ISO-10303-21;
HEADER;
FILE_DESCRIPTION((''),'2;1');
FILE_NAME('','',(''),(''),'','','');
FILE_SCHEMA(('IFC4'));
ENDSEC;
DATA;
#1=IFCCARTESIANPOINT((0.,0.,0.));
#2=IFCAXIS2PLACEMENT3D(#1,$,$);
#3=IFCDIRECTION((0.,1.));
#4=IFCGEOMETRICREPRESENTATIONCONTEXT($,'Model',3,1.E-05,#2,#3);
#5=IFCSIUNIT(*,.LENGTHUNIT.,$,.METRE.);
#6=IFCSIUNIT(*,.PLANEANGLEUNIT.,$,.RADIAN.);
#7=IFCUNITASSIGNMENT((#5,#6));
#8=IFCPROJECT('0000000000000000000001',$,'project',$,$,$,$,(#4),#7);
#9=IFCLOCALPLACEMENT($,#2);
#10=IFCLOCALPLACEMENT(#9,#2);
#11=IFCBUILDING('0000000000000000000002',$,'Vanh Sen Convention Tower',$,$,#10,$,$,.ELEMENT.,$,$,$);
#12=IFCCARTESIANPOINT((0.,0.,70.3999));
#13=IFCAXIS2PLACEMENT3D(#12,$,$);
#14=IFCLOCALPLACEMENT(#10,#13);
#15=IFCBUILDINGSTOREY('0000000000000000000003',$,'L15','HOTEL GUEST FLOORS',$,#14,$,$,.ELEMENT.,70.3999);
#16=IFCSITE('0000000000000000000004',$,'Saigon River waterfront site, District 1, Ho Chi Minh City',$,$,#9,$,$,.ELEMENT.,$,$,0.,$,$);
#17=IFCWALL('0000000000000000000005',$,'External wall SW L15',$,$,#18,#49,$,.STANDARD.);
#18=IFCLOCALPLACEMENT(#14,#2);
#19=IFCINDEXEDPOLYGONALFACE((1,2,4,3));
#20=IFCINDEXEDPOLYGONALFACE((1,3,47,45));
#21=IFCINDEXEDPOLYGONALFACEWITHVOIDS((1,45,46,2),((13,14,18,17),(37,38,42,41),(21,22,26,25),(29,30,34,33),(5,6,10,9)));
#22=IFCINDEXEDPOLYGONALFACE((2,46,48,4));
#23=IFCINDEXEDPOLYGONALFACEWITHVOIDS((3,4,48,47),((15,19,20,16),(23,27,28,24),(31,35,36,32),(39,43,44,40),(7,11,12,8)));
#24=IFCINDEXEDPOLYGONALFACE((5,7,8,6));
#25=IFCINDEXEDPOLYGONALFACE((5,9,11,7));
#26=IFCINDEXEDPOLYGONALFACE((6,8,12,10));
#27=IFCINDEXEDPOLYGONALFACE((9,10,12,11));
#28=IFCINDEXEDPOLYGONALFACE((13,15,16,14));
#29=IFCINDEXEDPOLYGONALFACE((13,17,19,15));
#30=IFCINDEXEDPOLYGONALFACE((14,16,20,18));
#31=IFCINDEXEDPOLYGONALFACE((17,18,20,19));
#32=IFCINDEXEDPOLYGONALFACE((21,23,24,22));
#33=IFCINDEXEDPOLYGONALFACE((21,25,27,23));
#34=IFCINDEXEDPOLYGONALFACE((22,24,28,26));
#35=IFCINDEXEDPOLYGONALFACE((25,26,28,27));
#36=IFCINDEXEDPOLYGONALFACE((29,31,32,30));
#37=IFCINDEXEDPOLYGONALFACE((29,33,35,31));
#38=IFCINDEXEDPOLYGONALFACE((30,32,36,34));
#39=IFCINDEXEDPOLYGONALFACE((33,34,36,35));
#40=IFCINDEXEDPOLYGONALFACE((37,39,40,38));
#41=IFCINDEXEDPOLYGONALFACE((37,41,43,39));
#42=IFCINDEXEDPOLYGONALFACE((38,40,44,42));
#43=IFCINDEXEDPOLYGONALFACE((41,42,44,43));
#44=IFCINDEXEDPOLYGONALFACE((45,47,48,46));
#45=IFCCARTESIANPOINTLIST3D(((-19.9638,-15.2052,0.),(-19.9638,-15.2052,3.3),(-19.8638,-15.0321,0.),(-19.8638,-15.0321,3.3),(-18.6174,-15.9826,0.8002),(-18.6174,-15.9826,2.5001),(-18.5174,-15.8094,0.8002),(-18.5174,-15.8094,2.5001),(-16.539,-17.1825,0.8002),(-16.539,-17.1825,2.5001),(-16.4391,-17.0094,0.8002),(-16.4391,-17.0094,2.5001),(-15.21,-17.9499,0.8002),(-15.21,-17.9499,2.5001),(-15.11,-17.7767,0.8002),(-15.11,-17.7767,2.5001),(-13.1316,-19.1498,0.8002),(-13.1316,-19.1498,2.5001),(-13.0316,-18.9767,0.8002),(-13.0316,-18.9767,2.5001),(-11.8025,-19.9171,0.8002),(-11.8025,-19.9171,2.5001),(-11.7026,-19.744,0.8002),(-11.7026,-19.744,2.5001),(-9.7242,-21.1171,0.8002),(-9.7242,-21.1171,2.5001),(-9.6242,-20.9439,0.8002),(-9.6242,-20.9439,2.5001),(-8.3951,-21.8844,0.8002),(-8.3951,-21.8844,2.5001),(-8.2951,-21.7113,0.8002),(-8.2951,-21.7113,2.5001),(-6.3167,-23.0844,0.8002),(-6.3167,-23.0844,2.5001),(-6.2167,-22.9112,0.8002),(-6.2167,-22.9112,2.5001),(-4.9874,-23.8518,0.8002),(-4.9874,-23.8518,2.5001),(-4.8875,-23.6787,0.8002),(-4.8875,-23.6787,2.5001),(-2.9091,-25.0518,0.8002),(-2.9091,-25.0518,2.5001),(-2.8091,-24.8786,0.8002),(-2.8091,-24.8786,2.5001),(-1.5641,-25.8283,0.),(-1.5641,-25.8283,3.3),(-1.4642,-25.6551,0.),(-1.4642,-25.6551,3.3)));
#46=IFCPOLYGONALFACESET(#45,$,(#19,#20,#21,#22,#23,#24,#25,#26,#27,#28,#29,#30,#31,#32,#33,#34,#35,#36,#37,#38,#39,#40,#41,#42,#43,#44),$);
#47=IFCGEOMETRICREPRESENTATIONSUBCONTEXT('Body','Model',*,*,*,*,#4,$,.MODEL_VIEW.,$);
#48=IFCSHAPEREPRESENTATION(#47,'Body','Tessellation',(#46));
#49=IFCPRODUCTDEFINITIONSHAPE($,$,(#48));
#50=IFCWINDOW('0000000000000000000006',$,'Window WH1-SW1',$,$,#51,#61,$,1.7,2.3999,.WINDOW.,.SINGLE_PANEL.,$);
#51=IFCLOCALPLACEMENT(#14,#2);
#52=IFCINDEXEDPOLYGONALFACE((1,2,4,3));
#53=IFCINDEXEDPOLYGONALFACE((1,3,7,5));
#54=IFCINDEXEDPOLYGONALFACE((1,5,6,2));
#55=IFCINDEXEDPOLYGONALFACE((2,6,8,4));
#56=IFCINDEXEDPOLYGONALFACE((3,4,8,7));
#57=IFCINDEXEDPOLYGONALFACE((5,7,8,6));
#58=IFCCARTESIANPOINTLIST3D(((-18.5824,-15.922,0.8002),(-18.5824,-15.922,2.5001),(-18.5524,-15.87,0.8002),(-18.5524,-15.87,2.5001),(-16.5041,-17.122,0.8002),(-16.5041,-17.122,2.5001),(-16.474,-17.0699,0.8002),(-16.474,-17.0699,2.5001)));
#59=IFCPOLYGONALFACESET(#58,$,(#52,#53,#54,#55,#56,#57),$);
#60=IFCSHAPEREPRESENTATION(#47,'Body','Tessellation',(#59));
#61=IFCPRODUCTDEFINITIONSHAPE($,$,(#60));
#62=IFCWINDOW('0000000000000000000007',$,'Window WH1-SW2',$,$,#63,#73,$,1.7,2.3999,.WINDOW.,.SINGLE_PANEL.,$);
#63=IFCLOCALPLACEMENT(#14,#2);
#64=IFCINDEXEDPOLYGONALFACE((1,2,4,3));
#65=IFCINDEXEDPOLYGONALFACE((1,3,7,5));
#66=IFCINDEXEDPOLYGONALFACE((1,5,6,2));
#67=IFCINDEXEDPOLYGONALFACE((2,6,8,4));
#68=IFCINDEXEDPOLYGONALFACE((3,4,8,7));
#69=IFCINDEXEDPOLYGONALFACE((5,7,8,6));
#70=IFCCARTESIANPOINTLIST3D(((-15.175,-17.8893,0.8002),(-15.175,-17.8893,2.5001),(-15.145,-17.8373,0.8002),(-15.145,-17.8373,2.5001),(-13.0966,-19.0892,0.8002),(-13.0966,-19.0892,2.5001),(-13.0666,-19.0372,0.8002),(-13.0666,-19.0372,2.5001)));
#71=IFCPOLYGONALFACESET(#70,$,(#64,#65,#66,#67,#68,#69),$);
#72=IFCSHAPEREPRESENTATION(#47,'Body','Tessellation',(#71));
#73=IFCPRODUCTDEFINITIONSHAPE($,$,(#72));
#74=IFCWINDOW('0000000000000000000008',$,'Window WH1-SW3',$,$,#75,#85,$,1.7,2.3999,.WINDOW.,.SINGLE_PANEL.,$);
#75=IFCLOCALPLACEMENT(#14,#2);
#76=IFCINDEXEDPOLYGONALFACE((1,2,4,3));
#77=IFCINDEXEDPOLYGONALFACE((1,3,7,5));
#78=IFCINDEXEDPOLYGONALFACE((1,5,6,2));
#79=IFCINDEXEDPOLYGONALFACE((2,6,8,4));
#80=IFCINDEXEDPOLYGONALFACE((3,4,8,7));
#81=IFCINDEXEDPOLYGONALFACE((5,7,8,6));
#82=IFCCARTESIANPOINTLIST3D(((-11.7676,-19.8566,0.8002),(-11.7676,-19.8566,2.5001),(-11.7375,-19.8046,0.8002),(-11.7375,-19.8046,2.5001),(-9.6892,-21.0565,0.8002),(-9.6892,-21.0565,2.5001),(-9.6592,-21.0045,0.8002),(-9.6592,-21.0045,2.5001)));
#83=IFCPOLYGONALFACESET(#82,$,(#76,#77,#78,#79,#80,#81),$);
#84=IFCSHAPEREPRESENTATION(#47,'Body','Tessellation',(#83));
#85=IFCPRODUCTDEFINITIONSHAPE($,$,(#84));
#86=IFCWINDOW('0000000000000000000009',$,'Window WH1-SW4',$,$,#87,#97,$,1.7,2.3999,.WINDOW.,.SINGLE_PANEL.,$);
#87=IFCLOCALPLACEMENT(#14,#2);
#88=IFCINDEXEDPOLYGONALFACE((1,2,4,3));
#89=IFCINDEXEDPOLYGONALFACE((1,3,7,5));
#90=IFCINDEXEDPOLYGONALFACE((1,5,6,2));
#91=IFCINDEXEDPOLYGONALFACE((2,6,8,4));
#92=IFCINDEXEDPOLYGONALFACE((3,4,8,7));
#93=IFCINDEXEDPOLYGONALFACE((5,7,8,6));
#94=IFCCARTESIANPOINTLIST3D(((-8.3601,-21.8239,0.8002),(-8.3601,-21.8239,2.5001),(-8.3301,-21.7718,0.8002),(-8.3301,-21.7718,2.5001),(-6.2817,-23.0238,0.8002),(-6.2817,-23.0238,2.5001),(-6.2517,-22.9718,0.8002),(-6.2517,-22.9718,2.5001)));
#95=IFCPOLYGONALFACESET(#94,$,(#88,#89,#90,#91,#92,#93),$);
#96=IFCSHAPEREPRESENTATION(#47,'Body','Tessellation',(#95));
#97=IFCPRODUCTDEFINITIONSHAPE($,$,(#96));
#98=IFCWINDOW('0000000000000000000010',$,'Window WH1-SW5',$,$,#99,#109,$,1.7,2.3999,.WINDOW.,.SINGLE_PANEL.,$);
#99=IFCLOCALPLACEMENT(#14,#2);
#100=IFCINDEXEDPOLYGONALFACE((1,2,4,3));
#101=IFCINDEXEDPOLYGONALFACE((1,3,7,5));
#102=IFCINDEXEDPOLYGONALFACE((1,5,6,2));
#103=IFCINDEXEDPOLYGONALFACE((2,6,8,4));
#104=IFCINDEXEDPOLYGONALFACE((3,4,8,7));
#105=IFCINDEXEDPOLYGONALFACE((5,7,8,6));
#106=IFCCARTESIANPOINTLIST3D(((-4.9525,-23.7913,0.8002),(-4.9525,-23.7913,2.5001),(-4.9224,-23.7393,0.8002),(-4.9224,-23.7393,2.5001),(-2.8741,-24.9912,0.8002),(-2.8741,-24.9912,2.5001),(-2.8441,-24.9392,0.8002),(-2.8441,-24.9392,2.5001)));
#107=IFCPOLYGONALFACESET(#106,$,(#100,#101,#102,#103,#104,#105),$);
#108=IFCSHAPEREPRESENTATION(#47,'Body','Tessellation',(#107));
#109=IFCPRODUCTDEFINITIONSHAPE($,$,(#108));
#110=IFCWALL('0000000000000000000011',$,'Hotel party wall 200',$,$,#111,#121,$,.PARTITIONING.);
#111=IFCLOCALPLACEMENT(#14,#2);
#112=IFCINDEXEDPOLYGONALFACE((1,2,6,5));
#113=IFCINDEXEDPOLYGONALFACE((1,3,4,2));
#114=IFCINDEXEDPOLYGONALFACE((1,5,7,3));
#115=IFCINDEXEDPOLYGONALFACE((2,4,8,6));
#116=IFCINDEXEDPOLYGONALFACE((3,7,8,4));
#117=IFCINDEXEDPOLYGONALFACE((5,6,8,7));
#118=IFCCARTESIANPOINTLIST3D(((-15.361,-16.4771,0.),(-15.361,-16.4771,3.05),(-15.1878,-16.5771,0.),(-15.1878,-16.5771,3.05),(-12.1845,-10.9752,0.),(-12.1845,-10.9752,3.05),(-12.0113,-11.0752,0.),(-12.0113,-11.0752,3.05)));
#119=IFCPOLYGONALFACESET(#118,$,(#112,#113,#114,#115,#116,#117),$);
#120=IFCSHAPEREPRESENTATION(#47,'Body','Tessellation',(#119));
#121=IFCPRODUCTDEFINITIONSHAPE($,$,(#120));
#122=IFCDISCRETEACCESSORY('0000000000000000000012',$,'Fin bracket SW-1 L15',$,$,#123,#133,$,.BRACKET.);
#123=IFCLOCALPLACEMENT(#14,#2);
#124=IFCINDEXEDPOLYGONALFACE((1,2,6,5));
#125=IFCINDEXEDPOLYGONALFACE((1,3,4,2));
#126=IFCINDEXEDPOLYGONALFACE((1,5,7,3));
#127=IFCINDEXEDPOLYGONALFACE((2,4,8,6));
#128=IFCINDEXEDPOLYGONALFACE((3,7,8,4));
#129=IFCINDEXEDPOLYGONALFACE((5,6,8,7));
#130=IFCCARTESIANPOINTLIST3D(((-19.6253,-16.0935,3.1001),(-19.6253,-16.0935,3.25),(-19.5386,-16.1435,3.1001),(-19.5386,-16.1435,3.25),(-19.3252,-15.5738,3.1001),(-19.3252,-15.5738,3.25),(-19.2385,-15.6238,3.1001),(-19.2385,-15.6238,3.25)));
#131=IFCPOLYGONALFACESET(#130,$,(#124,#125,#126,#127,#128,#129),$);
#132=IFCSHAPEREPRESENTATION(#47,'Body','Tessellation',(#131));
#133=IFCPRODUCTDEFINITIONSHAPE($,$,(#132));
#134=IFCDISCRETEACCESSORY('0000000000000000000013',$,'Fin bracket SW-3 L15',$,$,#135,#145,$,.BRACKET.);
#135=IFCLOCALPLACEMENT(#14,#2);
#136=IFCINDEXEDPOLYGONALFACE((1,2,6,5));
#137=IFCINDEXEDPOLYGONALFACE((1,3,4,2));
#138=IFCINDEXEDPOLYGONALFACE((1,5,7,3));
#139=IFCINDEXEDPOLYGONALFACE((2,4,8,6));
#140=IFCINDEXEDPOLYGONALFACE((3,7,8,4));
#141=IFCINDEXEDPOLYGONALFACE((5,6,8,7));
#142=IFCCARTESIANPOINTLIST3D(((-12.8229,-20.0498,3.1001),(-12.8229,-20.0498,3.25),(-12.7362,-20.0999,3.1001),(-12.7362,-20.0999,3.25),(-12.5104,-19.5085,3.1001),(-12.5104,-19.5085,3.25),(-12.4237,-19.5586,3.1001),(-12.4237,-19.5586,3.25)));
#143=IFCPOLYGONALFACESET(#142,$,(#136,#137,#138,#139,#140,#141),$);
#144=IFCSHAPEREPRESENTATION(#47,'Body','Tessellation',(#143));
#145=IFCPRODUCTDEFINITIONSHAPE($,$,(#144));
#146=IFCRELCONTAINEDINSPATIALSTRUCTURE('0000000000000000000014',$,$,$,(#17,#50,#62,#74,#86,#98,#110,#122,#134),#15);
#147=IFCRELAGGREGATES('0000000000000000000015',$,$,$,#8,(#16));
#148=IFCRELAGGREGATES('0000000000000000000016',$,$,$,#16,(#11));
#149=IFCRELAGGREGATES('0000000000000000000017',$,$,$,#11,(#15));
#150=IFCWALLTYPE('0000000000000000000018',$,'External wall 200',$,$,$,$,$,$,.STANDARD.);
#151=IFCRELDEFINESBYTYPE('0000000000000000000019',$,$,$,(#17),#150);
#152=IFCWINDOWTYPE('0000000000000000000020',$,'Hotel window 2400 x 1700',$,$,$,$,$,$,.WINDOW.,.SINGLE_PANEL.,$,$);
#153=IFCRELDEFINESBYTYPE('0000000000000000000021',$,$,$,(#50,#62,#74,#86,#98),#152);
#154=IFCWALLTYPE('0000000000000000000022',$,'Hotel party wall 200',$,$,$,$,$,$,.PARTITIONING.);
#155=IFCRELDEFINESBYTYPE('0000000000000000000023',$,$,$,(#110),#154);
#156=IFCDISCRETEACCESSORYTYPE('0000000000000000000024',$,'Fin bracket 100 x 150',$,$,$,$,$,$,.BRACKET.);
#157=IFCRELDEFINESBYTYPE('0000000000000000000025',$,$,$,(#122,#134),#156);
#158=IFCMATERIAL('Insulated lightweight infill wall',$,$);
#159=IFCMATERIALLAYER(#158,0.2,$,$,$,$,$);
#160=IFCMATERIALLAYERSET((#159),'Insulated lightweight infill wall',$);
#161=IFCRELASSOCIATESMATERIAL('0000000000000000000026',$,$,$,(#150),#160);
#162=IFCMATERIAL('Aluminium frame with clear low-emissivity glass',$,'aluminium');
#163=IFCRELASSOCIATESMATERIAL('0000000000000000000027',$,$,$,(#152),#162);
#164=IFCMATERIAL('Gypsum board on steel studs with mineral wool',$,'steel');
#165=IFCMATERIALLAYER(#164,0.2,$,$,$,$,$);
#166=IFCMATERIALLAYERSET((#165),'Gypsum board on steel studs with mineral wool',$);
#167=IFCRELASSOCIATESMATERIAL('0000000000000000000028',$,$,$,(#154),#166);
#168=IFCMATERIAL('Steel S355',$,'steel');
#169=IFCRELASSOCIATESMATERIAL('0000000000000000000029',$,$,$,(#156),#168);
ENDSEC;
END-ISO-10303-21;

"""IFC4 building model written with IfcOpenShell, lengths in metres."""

from ifc_helpers import new_model, si_unit, direction, frame, frame_2d, origin, origin_2d, place, context, subcontext, project, spatial, rectangle, extrude, material, layer, layer_set, type_object, element, fill, save


model = new_model("IFC4")

# Units and contexts
model_context = context("Model", 3, precision=1e-05, world=origin(), true_north=direction((0.0, 1.0)))
body_context = subcontext(model_context, "Body", "Model", "MODEL_VIEW")
ifc_project = project(units=[si_unit("LENGTHUNIT", "METRE"), si_unit("PLANEANGLEUNIT", "RADIAN")], contexts=[model_context])

# Site, building, storey
site_placement = place(None, origin())
site = spatial("IfcSite", under=ifc_project, at=site_placement, Name="Saigon River waterfront site, District 1, Ho Chi Minh City", CompositionType="ELEMENT", RefElevation=0.0)
building_placement = place(site_placement, origin())
building = spatial("IfcBuilding", under=site, at=building_placement, Name="Vanh Sen Convention Tower", CompositionType="ELEMENT")
storey_placement = place(building_placement, frame((0.0, 0.0, 70.3999)))
storey = spatial("IfcBuildingStorey", under=building, at=storey_placement, Name="L15", Description="HOTEL GUEST FLOORS", CompositionType="ELEMENT", Elevation=70.3999)

# Shared definitions
ifc_material_1 = material(Name="Insulated lightweight infill wall")
ifc_layer_1 = layer(ifc_material_1, 0.2)
ifc_layer_set_1 = layer_set([ifc_layer_1], Name="Insulated lightweight infill wall")
wall_type_1 = type_object("IfcWallType", Name="External wall 200", PredefinedType="STANDARD", material=ifc_layer_set_1)
ifc_material_2 = material(Name="Aluminium frame with clear low-emissivity glass", Category="aluminium")

# Wall, openings, windows
wall_1_placement = place(storey_placement, frame((-19.9138, -15.1187, 0.0), z_axis=(0.0, 0.0, 1.0), x_axis=(0.866025, -0.5, 0.0)))
wall_1 = element("IfcWall", 1, at=wall_1_placement, inside=storey, type_object=wall_type_1, Name="External wall SW L15", PredefinedType="STANDARD", context=body_context, shape_type="SweptSolid", body=[
    extrude(rectangle(XDim=21.2461, YDim=0.2, at=frame_2d((10.623, 0.0))), origin(), (0.0, 0.0, 1.0), 3.3),
])
opening_1_placement = place(wall_1_placement, frame((1.5547, 0.0, 0.8)))
opening_1 = element("IfcOpeningElement", 2, at=opening_1_placement, cuts=wall_1, PredefinedType="OPENING", context=body_context, shape_type="SweptSolid", body=[
    extrude(rectangle(XDim=2.3999, YDim=1.7, at=frame_2d((1.2, 0.8501))), frame((0.0, 0.1099, 0.0), z_axis=(0.0, -1.0, 0.0), x_axis=(1.0, 0.0, 0.0)), (0.0, 0.0, 1.0), 0.22),
])
opening_2_placement = place(wall_1_placement, frame((5.4893, 0.0, 0.8)))
opening_2 = element("IfcOpeningElement", 3, at=opening_2_placement, cuts=wall_1, PredefinedType="OPENING", context=body_context, shape_type="SweptSolid", body=[
    extrude(rectangle(XDim=2.3999, YDim=1.7, at=frame_2d((1.2, 0.8501))), frame((0.0, 0.1099, 0.0), z_axis=(0.0, -1.0, 0.0), x_axis=(1.0, 0.0, 0.0)), (0.0, 0.0, 1.0), 0.22),
])
opening_3_placement = place(wall_1_placement, frame((9.4238, 0.0, 0.8)))
opening_3 = element("IfcOpeningElement", 4, at=opening_3_placement, cuts=wall_1, PredefinedType="OPENING", context=body_context, shape_type="SweptSolid", body=[
    extrude(rectangle(XDim=2.3999, YDim=1.7, at=frame_2d((1.2, 0.8501))), frame((0.0, 0.1099, 0.0), z_axis=(0.0, -1.0, 0.0), x_axis=(1.0, 0.0, 0.0)), (0.0, 0.0, 1.0), 0.22),
])
opening_4_placement = place(wall_1_placement, frame((13.3584, 0.0, 0.8)))
opening_4 = element("IfcOpeningElement", 5, at=opening_4_placement, cuts=wall_1, PredefinedType="OPENING", context=body_context, shape_type="SweptSolid", body=[
    extrude(rectangle(XDim=2.3999, YDim=1.7, at=frame_2d((1.2, 0.8501))), frame((0.0, 0.1099, 0.0), z_axis=(0.0, -1.0, 0.0), x_axis=(1.0, 0.0, 0.0)), (0.0, 0.0, 1.0), 0.22),
])
opening_5_placement = place(wall_1_placement, frame((17.2932, 0.0, 0.8)))
opening_5 = element("IfcOpeningElement", 6, at=opening_5_placement, cuts=wall_1, PredefinedType="OPENING", context=body_context, shape_type="SweptSolid", body=[
    extrude(rectangle(XDim=2.3999, YDim=1.7, at=frame_2d((1.2, 0.8501))), frame((0.0, 0.1099, 0.0), z_axis=(0.0, -1.0, 0.0), x_axis=(1.0, 0.0, 0.0)), (0.0, 0.0, 1.0), 0.22),
])
window_type_1 = type_object("IfcWindowType", Name="Hotel window 2400 x 1700", PartitioningType="SINGLE_PANEL", PredefinedType="WINDOW", material=ifc_material_2)
window_1_placement = place(opening_1_placement, origin())
window_1 = element("IfcWindow", 7, at=window_1_placement, inside=storey, type_object=window_type_1, Name="Window WH1-SW1", OverallHeight=1.7, OverallWidth=2.3999, PartitioningType="SINGLE_PANEL", PredefinedType="WINDOW", context=body_context, shape_type="SweptSolid", body=[
    extrude(rectangle(XDim=2.3999, YDim=1.7, at=frame_2d((1.2, 0.8501))), frame((0.0, 0.03, 0.0), z_axis=(0.0, -1.0, 0.0), x_axis=(1.0, 0.0, 0.0)), (0.0, 0.0, 1.0), 0.0601),
])
fill(opening_1, window_1)
window_2_placement = place(opening_2_placement, origin())
window_2 = element("IfcWindow", 8, at=window_2_placement, inside=storey, type_object=window_type_1, Name="Window WH1-SW2", OverallHeight=1.7, OverallWidth=2.3999, PartitioningType="SINGLE_PANEL", PredefinedType="WINDOW", context=body_context, shape_type="SweptSolid", body=[
    extrude(rectangle(XDim=2.3999, YDim=1.7, at=frame_2d((1.2, 0.8501))), frame((0.0, 0.03, 0.0), z_axis=(0.0, -1.0, 0.0), x_axis=(1.0, 0.0, 0.0)), (0.0, 0.0, 1.0), 0.0601),
])
fill(opening_2, window_2)
window_3_placement = place(opening_3_placement, origin())
window_3 = element("IfcWindow", 9, at=window_3_placement, inside=storey, type_object=window_type_1, Name="Window WH1-SW3", OverallHeight=1.7, OverallWidth=2.3999, PartitioningType="SINGLE_PANEL", PredefinedType="WINDOW", context=body_context, shape_type="SweptSolid", body=[
    extrude(rectangle(XDim=2.3999, YDim=1.7, at=frame_2d((1.2, 0.8501))), frame((0.0, 0.03, 0.0), z_axis=(0.0, -1.0, 0.0), x_axis=(1.0, 0.0, 0.0)), (0.0, 0.0, 1.0), 0.0601),
])
fill(opening_3, window_3)
window_4_placement = place(opening_4_placement, origin())
window_4 = element("IfcWindow", 10, at=window_4_placement, inside=storey, type_object=window_type_1, Name="Window WH1-SW4", OverallHeight=1.7, OverallWidth=2.3999, PartitioningType="SINGLE_PANEL", PredefinedType="WINDOW", context=body_context, shape_type="SweptSolid", body=[
    extrude(rectangle(XDim=2.3999, YDim=1.7, at=frame_2d((1.2, 0.8501))), frame((0.0, 0.03, 0.0), z_axis=(0.0, -1.0, 0.0), x_axis=(1.0, 0.0, 0.0)), (0.0, 0.0, 1.0), 0.0601),
])
fill(opening_4, window_4)
window_5_placement = place(opening_5_placement, origin())
window_5 = element("IfcWindow", 11, at=window_5_placement, inside=storey, type_object=window_type_1, Name="Window WH1-SW5", OverallHeight=1.7, OverallWidth=2.3999, PartitioningType="SINGLE_PANEL", PredefinedType="WINDOW", context=body_context, shape_type="SweptSolid", body=[
    extrude(rectangle(XDim=2.3999, YDim=1.7, at=frame_2d((1.2, 0.8501))), frame((0.0, 0.03, 0.0), z_axis=(0.0, -1.0, 0.0), x_axis=(1.0, 0.0, 0.0)), (0.0, 0.0, 1.0), 0.0601),
])
fill(opening_5, window_5)

# Wall
ifc_material_3 = material(Name="Gypsum board on steel studs with mineral wool", Category="steel")
ifc_layer_2 = layer(ifc_material_3, 0.2)
ifc_layer_set_2 = layer_set([ifc_layer_2], Name="Gypsum board on steel studs with mineral wool")
wall_type_2 = type_object("IfcWallType", Name="Hotel party wall 200", PredefinedType="PARTITIONING", material=ifc_layer_set_2)
wall_2_placement = place(storey_placement, frame((-15.2744, -16.5271, 0.0), z_axis=(0.0, 0.0, 1.0), x_axis=(0.499995, 0.866028, 0.0)))
element("IfcWall", 12, at=wall_2_placement, inside=storey, type_object=wall_type_2, Name="Hotel party wall 200", PredefinedType="PARTITIONING", context=body_context, shape_type="SweptSolid", body=[
    extrude(rectangle(XDim=6.353, YDim=0.2, at=frame_2d((3.1765, 0.0))), origin(), (0.0, 0.0, 1.0), 3.05),
])

# Discrete accessories
ifc_material_4 = material(Name="Steel S355", Category="steel")
discrete_accessory_type = type_object("IfcDiscreteAccessoryType", Name="Fin bracket 100 x 150", PredefinedType="BRACKET", material=ifc_material_4)
discrete_accessory_1_placement = place(storey_placement, frame((-19.4319, -15.8586, 3.1001), z_axis=(0.0, 0.0, 1.0), x_axis=(-0.5, -0.866025, 0.0)))
element("IfcDiscreteAccessory", 13, at=discrete_accessory_1_placement, inside=storey, type_object=discrete_accessory_type, Name="Fin bracket SW-1 L15", PredefinedType="BRACKET", context=body_context, shape_type="SweptSolid", body=[
    extrude(rectangle(XDim=0.6001, YDim=0.1001, at=origin_2d()), origin(), (0.0, 0.0, 1.0), 0.1499),
])
discrete_accessory_2_placement = place(storey_placement, frame((-12.6233, -19.8042, 3.1001), z_axis=(0.0, 0.0, 1.0), x_axis=(-0.5, -0.866025, 0.0)))
element("IfcDiscreteAccessory", 14, at=discrete_accessory_2_placement, inside=storey, type_object=discrete_accessory_type, Name="Fin bracket SW-3 L15", PredefinedType="BRACKET", context=body_context, shape_type="SweptSolid", body=[
    extrude(rectangle(XDim=0.625, YDim=0.1001, at=origin_2d()), origin(), (0.0, 0.0, 1.0), 0.1499),
])

save(model, "model.ifc")
